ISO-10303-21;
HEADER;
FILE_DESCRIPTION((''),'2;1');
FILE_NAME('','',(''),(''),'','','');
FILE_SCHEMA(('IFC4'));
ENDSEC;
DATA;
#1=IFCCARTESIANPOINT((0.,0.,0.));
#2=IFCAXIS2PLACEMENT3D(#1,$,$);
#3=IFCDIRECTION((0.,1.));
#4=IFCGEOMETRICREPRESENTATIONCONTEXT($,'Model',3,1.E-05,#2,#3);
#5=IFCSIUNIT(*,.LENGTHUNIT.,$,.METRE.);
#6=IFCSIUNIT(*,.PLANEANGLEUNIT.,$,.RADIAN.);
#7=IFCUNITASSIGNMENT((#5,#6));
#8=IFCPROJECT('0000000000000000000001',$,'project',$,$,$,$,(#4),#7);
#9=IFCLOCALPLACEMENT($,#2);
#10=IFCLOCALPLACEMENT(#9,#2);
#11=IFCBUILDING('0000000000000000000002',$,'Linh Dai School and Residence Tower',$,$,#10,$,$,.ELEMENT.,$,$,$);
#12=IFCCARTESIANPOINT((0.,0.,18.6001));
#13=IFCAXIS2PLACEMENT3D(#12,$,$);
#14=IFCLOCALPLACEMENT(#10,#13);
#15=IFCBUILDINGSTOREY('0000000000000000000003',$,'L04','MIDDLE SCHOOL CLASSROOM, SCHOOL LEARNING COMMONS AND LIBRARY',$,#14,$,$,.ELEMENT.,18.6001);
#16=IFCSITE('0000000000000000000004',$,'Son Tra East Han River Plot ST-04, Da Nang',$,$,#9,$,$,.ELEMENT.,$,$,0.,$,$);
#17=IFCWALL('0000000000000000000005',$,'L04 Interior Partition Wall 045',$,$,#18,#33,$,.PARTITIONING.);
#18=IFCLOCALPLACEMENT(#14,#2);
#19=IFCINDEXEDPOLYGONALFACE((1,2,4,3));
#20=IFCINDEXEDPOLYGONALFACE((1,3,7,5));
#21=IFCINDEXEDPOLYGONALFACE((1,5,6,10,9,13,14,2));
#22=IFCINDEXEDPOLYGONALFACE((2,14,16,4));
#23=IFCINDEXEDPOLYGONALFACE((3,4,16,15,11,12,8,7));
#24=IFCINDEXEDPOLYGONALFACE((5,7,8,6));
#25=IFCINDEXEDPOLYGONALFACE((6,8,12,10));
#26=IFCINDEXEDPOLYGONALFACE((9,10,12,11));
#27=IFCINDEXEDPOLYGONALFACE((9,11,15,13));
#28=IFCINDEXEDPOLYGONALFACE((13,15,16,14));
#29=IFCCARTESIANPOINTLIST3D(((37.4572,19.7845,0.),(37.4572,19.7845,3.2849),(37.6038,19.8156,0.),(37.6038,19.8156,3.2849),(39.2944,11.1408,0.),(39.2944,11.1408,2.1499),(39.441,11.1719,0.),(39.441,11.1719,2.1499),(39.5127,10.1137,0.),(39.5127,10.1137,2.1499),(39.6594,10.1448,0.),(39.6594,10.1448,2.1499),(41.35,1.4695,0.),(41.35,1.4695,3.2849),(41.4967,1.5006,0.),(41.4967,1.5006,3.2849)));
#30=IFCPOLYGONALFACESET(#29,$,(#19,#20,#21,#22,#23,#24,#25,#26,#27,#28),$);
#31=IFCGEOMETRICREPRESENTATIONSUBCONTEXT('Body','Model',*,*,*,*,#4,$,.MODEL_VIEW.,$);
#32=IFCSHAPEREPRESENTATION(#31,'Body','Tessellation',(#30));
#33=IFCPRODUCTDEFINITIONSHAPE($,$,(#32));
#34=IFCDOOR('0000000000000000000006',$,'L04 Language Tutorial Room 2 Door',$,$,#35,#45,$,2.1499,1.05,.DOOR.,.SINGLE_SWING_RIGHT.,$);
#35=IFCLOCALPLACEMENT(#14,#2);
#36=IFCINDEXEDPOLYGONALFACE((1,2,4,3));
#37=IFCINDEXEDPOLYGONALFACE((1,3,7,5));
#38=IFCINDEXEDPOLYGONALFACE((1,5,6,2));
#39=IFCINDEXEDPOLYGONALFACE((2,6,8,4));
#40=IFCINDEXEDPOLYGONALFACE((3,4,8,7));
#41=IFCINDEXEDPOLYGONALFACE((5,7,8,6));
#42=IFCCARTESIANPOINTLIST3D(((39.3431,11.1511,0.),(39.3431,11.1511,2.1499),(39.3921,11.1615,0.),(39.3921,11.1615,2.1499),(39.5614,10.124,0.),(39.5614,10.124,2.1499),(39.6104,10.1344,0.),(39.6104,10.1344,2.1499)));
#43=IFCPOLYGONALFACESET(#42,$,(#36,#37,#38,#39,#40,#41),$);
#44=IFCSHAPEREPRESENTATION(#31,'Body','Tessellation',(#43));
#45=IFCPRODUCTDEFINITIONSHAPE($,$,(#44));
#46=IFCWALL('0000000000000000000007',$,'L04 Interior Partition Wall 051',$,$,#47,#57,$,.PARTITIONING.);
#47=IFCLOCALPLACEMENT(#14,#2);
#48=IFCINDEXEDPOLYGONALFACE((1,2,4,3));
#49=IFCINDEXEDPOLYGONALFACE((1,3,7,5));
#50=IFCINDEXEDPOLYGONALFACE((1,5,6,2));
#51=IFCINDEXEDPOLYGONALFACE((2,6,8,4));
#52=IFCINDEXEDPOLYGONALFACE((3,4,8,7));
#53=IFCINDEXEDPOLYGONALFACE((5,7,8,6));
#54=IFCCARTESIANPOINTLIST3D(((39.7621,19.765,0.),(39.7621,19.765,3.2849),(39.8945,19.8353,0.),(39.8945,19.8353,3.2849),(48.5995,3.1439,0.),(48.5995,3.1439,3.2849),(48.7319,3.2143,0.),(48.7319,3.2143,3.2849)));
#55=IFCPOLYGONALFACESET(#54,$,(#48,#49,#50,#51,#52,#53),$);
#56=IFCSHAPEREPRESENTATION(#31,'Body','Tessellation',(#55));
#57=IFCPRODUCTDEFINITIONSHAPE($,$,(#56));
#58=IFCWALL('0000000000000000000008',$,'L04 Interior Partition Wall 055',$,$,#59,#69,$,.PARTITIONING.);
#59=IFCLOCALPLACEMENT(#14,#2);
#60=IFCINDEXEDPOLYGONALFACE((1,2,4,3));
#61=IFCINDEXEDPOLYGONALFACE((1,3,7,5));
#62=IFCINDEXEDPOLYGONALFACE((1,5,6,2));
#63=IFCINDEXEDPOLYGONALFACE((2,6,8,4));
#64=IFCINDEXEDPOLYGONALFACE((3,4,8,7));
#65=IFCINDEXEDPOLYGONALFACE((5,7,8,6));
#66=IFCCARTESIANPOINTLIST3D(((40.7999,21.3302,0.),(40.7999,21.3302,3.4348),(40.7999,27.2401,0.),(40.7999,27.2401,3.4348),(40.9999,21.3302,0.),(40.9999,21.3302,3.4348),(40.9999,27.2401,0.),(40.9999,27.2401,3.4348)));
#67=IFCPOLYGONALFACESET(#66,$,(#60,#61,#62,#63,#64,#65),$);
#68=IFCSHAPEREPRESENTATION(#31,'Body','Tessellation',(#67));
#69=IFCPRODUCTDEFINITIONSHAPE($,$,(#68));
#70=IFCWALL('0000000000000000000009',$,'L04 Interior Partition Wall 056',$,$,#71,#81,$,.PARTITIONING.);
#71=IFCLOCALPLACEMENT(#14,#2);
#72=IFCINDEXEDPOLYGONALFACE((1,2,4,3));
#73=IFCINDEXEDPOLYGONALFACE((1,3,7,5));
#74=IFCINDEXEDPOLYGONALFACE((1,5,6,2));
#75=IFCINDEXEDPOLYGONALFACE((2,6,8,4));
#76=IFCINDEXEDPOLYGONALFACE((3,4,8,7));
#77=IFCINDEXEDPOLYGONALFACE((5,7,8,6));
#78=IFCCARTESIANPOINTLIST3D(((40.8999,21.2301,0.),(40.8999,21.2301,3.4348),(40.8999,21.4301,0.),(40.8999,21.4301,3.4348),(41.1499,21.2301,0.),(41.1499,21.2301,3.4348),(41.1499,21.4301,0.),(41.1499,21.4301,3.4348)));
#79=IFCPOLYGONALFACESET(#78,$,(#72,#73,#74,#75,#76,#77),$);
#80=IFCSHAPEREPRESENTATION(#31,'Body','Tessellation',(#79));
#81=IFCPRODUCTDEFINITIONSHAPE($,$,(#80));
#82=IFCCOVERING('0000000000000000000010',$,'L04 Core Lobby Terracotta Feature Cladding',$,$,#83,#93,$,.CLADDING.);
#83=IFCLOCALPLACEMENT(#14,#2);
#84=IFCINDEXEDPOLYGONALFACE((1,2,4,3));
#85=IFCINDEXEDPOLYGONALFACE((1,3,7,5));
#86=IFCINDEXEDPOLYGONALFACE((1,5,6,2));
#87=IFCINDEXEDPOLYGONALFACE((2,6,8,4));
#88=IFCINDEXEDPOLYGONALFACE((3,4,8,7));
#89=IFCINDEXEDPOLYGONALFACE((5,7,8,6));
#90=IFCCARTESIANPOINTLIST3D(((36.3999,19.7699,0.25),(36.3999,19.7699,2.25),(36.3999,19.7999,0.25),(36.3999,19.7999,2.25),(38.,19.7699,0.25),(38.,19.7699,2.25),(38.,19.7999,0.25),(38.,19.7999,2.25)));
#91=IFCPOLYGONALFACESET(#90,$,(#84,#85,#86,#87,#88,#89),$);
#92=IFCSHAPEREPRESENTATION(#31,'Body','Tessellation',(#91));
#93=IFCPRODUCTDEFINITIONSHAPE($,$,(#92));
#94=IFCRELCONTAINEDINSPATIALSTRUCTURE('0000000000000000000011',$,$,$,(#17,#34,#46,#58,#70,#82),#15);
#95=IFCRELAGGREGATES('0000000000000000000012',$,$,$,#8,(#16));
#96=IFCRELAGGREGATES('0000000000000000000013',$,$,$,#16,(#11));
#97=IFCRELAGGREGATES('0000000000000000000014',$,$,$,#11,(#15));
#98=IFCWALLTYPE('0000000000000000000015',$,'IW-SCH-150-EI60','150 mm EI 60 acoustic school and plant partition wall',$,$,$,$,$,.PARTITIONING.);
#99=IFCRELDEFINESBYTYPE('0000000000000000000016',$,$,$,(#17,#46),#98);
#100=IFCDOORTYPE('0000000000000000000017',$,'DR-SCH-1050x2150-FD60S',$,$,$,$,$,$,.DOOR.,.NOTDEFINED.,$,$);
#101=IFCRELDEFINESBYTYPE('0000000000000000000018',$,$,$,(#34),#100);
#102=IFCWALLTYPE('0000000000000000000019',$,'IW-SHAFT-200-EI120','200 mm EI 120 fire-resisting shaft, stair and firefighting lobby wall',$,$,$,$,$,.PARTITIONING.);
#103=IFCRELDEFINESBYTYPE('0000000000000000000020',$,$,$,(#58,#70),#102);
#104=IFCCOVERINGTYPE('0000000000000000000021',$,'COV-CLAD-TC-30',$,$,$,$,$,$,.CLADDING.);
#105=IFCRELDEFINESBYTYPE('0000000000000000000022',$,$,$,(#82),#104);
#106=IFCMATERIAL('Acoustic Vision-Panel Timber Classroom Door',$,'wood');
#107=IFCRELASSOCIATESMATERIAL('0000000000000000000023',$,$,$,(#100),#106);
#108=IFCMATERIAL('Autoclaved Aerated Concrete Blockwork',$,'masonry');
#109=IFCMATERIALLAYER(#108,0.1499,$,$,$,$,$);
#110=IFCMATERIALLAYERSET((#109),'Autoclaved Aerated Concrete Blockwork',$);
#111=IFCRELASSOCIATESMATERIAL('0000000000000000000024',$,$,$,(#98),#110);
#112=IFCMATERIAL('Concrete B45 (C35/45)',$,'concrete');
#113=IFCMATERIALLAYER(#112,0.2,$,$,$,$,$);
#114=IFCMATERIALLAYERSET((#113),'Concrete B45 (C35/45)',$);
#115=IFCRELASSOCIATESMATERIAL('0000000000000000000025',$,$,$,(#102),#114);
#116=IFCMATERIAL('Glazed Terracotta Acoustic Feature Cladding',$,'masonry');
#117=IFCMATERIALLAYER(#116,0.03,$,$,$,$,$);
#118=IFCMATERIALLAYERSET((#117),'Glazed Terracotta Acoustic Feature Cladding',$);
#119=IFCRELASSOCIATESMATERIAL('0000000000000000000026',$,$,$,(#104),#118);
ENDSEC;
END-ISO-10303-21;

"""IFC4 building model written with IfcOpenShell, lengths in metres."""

from ifc_helpers import new_model, si_unit, direction, frame, frame_2d, origin, origin_2d, place, context, subcontext, project, spatial, rectangle, extrude, source, transform, mapped, material, layer, layer_set, type_object, element, fill, save


model = new_model("IFC4")

# Units and contexts
model_context = context("Model", 3, precision=1e-05, world=origin(), true_north=direction((0.0, 1.0)))
body_context = subcontext(model_context, "Body", "Model", "MODEL_VIEW")
ifc_project = project(units=[si_unit("LENGTHUNIT", "METRE"), si_unit("PLANEANGLEUNIT", "RADIAN")], contexts=[model_context])

# Site, building, storey
site_placement = place(None, origin())
site = spatial("IfcSite", under=ifc_project, at=site_placement, Name="Son Tra East Han River Plot ST-04, Da Nang", CompositionType="ELEMENT", RefElevation=0.0)
building_placement = place(site_placement, origin())
building = spatial("IfcBuilding", under=site, at=building_placement, Name="Linh Dai School and Residence Tower", CompositionType="ELEMENT")
storey_placement = place(building_placement, frame((0.0, 0.0, 18.6001)))
storey = spatial("IfcBuildingStorey", under=building, at=storey_placement, Name="L04", Description="MIDDLE SCHOOL CLASSROOM, SCHOOL LEARNING COMMONS AND LIBRARY", CompositionType="ELEMENT", Elevation=18.6001)

# Shared definitions
ifc_material_1 = material(Name="Autoclaved Aerated Concrete Blockwork", Category="masonry")
ifc_material_2 = material(Name="Acoustic Vision-Panel Timber Classroom Door", Category="wood")
door_type_1 = type_object("IfcDoorType", Name="DR-SCH-1050x2150-FD60S", OperationType="NOTDEFINED", PredefinedType="DOOR", material=ifc_material_2)
shared_shape_1 = source(origin(), body_context, "Body", "SweptSolid", [
    extrude(rectangle(XDim=1.05, YDim=2.1499, at=origin_2d()), frame((0.5249, 0.0249, 1.075), z_axis=(0.0, -1.0, 0.0), x_axis=(1.0, 0.0, 0.0)), (0.0, 0.0, 1.0), 0.05),
])

# Wall, opening, door
ifc_layer_1 = layer(ifc_material_1, 0.1499)
ifc_layer_set_1 = layer_set([ifc_layer_1], Name="Autoclaved Aerated Concrete Blockwork")
wall_type_1 = type_object("IfcWallType", Name="IW-SCH-150-EI60", Description="150 mm EI 60 acoustic school and plant partition wall", PredefinedType="PARTITIONING", material=ifc_layer_set_1)
wall_1_placement = place(storey_placement, frame((37.5305, 19.8, 0.0), z_axis=(0.0, 0.0, 1.0), x_axis=(0.207905, -0.978149, 0.0)))
wall_1 = element("IfcWall", 1, at=wall_1_placement, inside=storey, type_object=wall_type_1, Name="L04 Interior Partition Wall 045", PredefinedType="PARTITIONING", context=body_context, shape_type="SweptSolid", body=[
    extrude(rectangle(XDim=18.7241, YDim=0.1499, at=frame_2d((9.3621, 0.0))), origin(), (0.0, 0.0, 1.0), 3.2849),
])
opening_1_placement = place(wall_1_placement, frame((8.8369, 0.0, 0.0)))
opening_1 = element("IfcOpeningElement", 2, at=opening_1_placement, cuts=wall_1, PredefinedType="OPENING", context=body_context, shape_type="SweptSolid", body=[
    extrude(rectangle(XDim=1.05, YDim=2.1499, at=origin_2d()), frame((0.5249, 0.085, 1.075), z_axis=(0.0, -1.0, 0.0), x_axis=(1.0, 0.0, 0.0)), (0.0, 0.0, 1.0), 0.1699),
])
door_1_placement = place(opening_1_placement, origin())
door_1 = element("IfcDoor", 3, at=door_1_placement, inside=storey, type_object=door_type_1, Name="L04 Language Tutorial Room 2 Door", OperationType="SINGLE_SWING_RIGHT", OverallHeight=2.1499, OverallWidth=1.05, PredefinedType="DOOR", context=body_context, shape_type="MappedRepresentation", body=[
    mapped(shared_shape_1, transform((0.0, 0.0, 0.0), x_axis=(1.0, 0.0, 0.0), y_axis=(0.0, 1.0, 0.0), z_axis=(0.0, 0.0, 1.0), scale=1.0)),
])
fill(opening_1, door_1)

# Walls
wall_2_placement = place(storey_placement, frame((39.8284, 19.8, 0.0), z_axis=(0.0, 0.0, 1.0), x_axis=(0.469464, -0.882952, 0.0)))
element("IfcWall", 4, at=wall_2_placement, inside=storey, type_object=wall_type_1, Name="L04 Interior Partition Wall 051", PredefinedType="PARTITIONING", context=body_context, shape_type="SweptSolid", body=[
    extrude(rectangle(XDim=18.8245, YDim=0.1499, at=frame_2d((9.4121, 0.0))), origin(), (0.0, 0.0, 1.0), 3.2849),
])
ifc_material_3 = material(Name="Concrete B45 (C35/45)", Category="concrete")
ifc_layer_2 = layer(ifc_material_3, 0.2)
ifc_layer_set_2 = layer_set([ifc_layer_2], Name="Concrete B45 (C35/45)")
wall_type_2 = type_object("IfcWallType", Name="IW-SHAFT-200-EI120", Description="200 mm EI 120 fire-resisting shaft, stair and firefighting lobby wall", PredefinedType="PARTITIONING", material=ifc_layer_set_2)
wall_3_placement = place(storey_placement, frame((40.8999, 21.3301, 0.0), z_axis=(0.0, 0.0, 1.0), x_axis=(0.0, 1.0, 0.0)))
element("IfcWall", 5, at=wall_3_placement, inside=storey, type_object=wall_type_2, Name="L04 Interior Partition Wall 055", PredefinedType="PARTITIONING", context=body_context, shape_type="SweptSolid", body=[
    extrude(rectangle(XDim=5.9099, YDim=0.2, at=frame_2d((2.9551, 0.0))), origin(), (0.0, 0.0, 1.0), 3.4348),
])
wall_4_placement = place(storey_placement, frame((40.8999, 21.3301, 0.0), z_axis=(0.0, 0.0, 1.0), x_axis=(1.0, 0.0, 0.0)))
element("IfcWall", 6, at=wall_4_placement, inside=storey, type_object=wall_type_2, Name="L04 Interior Partition Wall 056", PredefinedType="PARTITIONING", context=body_context, shape_type="SweptSolid", body=[
    extrude(rectangle(XDim=0.25, YDim=0.2, at=frame_2d((0.125, 0.0))), origin(), (0.0, 0.0, 1.0), 3.4348),
])

# Covering
ifc_material_4 = material(Name="Glazed Terracotta Acoustic Feature Cladding", Category="masonry")
ifc_layer_3 = layer(ifc_material_4, 0.03)
ifc_layer_set_3 = layer_set([ifc_layer_3], Name="Glazed Terracotta Acoustic Feature Cladding")
covering_type = type_object("IfcCoveringType", Name="COV-CLAD-TC-30", PredefinedType="CLADDING", material=ifc_layer_set_3)
shared_shape_2 = source(origin(), body_context, "Body", "SweptSolid", [
    extrude(rectangle(XDim=1.6001, YDim=0.03, at=origin_2d()), origin(), (0.0, 0.0, 1.0), 2.0),
])
covering_placement = place(storey_placement, frame((37.2, 19.7849, 0.25), z_axis=(0.0, 0.0, 1.0), x_axis=(1.0, 0.0, 0.0)))
element("IfcCovering", 7, at=covering_placement, inside=storey, type_object=covering_type, Name="L04 Core Lobby Terracotta Feature Cladding", PredefinedType="CLADDING", context=body_context, shape_type="MappedRepresentation", body=[
    mapped(shared_shape_2, transform((0.0, 0.0, 0.0), x_axis=(1.0, 0.0, 0.0), y_axis=(0.0, 1.0, 0.0), z_axis=(0.0, 0.0, 1.0), scale=1.0)),
])

save(model, "model.ifc")
